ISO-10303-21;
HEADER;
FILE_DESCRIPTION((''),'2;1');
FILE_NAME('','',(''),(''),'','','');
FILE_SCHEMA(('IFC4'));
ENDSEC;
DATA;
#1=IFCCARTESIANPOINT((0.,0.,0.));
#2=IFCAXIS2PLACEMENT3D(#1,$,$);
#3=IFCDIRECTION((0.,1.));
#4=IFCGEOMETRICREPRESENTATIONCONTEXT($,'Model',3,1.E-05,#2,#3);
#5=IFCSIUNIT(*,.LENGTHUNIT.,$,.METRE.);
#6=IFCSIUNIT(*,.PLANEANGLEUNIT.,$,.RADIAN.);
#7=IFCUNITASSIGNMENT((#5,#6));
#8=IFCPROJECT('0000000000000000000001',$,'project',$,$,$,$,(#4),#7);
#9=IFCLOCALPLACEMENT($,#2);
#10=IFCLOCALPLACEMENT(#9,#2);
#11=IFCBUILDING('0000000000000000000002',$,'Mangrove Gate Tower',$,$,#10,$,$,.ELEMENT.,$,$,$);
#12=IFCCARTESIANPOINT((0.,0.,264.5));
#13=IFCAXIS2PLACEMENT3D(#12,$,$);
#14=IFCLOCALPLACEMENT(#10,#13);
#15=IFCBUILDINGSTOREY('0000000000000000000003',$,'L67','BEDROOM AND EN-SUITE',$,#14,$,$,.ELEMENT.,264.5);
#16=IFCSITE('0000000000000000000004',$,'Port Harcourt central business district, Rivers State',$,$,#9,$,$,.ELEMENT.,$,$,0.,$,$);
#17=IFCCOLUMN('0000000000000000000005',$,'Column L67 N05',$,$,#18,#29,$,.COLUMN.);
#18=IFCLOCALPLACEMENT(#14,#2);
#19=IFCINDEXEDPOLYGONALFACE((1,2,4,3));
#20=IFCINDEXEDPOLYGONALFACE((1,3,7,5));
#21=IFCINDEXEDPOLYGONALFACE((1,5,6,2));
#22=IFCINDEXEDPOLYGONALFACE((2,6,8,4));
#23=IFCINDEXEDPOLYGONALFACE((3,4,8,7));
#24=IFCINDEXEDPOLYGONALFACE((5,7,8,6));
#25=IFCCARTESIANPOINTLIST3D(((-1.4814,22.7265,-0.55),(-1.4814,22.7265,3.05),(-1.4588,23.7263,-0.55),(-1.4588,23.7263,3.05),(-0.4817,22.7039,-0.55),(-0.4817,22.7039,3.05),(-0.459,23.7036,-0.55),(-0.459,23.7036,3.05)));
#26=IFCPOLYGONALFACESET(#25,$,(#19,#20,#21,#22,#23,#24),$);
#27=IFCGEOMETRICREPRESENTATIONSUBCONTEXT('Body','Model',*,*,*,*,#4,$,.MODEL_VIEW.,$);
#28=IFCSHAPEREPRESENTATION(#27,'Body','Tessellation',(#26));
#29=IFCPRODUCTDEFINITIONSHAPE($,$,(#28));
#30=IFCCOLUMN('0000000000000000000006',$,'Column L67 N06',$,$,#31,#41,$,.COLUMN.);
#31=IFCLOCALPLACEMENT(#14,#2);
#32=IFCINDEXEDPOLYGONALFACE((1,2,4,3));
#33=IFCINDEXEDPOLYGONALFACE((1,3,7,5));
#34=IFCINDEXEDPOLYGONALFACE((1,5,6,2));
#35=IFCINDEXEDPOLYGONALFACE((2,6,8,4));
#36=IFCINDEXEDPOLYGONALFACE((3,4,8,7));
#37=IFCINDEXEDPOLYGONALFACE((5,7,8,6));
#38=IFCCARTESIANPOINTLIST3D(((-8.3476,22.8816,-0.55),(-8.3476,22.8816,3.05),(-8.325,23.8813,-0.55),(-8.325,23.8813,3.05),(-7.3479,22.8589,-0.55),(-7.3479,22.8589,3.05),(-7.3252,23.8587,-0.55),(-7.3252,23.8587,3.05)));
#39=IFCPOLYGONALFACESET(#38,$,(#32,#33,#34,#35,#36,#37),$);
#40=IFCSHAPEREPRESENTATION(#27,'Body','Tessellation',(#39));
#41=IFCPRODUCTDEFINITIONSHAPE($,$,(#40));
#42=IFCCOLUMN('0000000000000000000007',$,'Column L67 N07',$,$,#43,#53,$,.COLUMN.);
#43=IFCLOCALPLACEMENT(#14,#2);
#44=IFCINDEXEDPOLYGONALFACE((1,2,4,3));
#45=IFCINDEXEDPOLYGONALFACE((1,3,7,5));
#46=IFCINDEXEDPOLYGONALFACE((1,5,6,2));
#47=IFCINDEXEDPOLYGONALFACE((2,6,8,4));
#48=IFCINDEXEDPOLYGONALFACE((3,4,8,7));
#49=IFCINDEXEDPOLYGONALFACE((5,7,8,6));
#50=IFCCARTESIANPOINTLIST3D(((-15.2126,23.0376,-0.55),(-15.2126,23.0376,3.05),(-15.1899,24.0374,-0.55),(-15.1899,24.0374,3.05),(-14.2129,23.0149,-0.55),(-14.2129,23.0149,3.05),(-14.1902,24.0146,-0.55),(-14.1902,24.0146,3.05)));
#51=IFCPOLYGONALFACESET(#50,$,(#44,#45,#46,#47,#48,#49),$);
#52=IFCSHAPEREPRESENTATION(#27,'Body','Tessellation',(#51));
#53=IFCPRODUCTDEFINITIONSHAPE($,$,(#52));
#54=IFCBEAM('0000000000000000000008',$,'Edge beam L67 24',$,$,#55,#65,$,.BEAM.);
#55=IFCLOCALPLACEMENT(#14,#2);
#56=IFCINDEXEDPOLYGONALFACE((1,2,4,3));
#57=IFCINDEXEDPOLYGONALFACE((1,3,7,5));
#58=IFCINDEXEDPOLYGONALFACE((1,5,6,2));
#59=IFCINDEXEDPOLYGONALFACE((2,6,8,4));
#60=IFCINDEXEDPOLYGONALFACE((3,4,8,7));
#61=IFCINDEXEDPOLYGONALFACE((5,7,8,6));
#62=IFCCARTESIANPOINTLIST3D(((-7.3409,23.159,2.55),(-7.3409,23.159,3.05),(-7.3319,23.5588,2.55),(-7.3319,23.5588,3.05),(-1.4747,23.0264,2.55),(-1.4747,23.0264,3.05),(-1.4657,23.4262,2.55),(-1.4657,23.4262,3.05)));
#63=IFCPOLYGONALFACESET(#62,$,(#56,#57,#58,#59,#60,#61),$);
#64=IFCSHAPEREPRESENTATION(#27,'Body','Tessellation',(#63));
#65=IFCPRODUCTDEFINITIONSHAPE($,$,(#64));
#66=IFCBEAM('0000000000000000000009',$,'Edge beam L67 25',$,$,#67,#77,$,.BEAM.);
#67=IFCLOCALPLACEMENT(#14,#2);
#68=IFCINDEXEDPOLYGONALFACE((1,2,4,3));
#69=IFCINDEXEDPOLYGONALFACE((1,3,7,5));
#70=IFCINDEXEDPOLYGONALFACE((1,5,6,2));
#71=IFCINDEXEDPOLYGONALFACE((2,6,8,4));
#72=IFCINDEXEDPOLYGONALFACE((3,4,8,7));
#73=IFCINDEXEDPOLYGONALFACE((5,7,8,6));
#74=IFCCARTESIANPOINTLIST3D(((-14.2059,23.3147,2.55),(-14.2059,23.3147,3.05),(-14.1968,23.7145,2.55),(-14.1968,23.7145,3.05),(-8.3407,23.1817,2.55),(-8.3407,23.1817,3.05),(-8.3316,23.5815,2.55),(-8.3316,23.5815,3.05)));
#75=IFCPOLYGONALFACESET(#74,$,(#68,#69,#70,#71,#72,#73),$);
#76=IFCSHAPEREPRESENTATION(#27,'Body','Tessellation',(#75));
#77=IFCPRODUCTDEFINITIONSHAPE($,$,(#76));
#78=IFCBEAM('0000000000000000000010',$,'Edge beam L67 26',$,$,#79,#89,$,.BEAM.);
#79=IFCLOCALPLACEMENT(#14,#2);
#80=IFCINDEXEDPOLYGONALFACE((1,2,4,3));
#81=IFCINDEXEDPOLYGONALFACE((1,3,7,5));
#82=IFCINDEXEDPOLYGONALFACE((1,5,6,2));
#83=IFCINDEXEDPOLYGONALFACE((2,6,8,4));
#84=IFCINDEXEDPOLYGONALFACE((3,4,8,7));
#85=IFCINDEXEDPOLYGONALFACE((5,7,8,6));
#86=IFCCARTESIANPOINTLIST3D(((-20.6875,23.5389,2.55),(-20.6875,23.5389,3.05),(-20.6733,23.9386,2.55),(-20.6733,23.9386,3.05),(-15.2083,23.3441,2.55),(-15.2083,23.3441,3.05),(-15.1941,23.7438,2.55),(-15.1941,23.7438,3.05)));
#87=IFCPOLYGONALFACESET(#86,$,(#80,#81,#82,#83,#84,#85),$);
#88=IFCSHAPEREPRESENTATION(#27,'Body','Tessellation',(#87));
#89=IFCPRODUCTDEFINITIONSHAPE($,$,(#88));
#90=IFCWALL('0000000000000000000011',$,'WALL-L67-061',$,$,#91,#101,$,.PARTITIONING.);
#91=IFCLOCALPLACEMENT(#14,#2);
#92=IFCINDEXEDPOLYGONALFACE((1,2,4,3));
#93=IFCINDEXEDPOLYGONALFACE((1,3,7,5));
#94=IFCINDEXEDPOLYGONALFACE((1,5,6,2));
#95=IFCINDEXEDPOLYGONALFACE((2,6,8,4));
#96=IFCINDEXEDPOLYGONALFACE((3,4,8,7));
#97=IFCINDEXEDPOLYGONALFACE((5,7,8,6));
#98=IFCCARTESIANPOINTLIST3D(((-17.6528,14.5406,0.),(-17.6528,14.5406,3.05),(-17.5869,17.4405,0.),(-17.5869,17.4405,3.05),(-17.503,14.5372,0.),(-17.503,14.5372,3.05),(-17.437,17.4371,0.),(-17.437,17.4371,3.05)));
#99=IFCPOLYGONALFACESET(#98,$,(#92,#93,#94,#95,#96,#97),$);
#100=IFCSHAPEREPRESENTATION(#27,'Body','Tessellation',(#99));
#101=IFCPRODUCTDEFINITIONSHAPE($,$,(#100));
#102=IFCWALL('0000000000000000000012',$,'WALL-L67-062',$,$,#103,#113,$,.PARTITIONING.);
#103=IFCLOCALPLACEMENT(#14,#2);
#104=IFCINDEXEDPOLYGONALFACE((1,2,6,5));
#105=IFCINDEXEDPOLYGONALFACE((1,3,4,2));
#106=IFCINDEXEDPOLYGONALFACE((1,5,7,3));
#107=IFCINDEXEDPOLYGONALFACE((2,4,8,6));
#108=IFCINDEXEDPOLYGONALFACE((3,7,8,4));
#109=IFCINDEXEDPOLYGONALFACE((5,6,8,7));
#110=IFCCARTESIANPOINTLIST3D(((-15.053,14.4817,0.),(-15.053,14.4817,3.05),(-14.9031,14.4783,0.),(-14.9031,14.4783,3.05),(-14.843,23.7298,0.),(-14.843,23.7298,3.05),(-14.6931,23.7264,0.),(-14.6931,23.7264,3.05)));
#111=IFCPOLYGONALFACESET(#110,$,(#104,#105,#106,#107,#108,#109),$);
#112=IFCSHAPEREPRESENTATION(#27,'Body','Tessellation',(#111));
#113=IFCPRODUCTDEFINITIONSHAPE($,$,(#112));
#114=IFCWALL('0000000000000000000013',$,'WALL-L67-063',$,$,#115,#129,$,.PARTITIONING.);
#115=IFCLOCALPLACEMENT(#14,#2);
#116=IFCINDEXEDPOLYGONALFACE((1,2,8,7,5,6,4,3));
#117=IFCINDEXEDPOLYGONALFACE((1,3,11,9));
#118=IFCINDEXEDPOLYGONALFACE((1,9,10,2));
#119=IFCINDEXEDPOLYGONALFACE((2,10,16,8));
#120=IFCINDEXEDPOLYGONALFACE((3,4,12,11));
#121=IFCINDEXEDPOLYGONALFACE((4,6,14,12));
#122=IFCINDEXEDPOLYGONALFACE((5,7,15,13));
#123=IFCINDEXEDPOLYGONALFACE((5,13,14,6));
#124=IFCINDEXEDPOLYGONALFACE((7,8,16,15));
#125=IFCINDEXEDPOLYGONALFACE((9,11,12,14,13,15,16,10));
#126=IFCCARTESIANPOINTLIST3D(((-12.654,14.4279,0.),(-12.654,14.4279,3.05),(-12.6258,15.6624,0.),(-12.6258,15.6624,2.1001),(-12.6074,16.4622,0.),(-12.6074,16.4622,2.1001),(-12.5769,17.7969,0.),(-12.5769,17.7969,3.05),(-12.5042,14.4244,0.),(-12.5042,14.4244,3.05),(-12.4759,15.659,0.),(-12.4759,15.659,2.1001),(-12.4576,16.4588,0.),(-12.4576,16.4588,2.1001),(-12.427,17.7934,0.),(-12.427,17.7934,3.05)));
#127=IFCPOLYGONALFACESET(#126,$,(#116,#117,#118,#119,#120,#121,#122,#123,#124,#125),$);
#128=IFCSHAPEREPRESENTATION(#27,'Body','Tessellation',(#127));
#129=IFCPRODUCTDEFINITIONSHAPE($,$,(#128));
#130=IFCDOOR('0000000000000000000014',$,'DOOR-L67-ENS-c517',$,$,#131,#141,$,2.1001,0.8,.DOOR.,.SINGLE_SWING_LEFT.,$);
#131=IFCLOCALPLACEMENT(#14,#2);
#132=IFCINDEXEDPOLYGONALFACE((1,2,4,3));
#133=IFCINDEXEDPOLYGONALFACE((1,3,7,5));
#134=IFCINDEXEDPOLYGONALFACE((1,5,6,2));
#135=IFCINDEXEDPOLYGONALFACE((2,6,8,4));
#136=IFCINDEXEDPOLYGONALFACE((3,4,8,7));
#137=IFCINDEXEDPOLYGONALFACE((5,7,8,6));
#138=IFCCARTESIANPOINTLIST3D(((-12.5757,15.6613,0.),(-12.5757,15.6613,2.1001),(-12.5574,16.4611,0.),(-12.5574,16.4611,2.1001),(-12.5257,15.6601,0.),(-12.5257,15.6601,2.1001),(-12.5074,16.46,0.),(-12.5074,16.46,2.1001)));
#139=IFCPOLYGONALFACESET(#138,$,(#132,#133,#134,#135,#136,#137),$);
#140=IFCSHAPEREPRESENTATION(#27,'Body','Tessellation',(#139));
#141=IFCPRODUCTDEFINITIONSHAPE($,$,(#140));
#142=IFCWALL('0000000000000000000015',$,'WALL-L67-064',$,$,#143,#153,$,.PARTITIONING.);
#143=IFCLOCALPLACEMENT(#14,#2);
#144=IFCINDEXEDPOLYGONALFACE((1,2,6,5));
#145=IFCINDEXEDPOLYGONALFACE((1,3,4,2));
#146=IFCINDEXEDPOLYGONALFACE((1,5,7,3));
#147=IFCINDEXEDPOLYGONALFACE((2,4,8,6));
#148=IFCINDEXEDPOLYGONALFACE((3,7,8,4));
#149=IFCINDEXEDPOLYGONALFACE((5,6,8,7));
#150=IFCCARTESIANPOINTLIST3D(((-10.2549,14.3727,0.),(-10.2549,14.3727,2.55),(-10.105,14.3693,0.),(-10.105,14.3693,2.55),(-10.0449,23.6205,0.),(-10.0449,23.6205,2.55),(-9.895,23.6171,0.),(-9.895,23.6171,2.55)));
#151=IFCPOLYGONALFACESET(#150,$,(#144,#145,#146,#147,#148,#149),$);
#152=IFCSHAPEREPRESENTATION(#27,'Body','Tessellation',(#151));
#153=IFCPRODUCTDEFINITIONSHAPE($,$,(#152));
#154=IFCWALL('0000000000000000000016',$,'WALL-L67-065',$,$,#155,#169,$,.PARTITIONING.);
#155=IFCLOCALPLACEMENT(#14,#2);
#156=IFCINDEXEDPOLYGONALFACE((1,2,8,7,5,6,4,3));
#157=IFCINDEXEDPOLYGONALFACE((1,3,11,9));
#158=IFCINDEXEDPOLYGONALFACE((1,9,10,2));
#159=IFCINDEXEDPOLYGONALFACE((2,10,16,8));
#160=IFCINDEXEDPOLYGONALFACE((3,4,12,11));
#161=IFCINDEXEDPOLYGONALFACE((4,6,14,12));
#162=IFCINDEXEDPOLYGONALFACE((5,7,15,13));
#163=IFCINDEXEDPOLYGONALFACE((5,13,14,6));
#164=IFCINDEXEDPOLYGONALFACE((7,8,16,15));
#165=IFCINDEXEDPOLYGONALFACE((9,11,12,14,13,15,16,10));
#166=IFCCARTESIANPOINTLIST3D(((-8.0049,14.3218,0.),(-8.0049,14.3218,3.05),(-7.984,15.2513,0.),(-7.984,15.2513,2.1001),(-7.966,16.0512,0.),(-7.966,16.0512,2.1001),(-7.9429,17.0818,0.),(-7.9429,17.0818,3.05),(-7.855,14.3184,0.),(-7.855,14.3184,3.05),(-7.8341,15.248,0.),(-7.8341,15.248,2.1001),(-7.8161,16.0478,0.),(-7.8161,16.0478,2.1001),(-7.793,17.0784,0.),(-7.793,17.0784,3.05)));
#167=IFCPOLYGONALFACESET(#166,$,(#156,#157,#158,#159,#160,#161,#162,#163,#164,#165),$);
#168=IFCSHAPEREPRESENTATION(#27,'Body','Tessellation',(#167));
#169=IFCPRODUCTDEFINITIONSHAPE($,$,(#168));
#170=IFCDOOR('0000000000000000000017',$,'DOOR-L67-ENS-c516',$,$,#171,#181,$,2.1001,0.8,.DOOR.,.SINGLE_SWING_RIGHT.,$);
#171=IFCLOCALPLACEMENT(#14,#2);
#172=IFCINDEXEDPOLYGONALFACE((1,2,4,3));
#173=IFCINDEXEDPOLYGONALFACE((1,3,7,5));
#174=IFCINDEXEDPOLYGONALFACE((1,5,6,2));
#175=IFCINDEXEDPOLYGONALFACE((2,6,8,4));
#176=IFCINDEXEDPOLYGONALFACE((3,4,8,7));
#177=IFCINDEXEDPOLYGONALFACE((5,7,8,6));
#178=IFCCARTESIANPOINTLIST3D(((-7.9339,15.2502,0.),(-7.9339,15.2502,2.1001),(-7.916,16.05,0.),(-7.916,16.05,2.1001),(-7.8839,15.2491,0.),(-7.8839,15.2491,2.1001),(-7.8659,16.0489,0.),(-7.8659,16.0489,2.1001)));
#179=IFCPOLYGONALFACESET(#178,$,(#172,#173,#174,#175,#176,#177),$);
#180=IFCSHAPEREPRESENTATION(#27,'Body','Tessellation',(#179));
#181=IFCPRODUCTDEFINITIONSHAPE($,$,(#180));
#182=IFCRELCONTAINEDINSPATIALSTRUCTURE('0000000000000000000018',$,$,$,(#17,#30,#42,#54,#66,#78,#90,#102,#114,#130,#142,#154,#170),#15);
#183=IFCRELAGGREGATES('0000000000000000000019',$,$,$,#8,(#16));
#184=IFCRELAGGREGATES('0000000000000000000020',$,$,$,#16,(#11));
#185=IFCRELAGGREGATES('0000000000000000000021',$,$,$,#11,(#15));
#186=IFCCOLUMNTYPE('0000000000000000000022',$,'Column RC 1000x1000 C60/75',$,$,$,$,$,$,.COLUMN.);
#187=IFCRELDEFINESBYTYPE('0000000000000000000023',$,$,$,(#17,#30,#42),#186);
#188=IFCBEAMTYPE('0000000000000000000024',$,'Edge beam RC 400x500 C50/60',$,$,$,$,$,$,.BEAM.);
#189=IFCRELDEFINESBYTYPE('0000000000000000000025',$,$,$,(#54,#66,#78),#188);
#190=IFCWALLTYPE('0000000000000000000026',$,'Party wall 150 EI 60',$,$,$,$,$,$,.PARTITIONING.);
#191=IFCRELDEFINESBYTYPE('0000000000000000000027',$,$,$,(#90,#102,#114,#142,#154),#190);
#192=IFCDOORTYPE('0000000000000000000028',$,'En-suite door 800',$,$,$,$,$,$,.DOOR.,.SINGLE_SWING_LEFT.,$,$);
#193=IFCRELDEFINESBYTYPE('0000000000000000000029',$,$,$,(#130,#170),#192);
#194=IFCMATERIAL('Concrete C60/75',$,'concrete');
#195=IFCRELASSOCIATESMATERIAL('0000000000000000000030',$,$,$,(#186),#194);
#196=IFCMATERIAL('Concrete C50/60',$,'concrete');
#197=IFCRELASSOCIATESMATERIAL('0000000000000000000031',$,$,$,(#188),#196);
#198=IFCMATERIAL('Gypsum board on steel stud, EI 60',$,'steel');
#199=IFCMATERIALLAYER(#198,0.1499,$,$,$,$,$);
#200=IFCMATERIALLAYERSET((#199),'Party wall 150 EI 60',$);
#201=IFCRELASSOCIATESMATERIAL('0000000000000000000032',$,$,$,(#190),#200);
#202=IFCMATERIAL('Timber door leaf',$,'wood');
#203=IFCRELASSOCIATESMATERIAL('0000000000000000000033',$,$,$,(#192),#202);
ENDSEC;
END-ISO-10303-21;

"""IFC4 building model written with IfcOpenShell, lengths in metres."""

from ifc_helpers import new_model, si_unit, direction, frame, frame_2d, origin, origin_2d, place, context, subcontext, project, spatial, rectangle, extrude, material, layer, layer_set, material_profile, profile_set, type_object, element, fill, save


model = new_model("IFC4")

# Units and contexts
model_context = context("Model", 3, precision=1e-05, world=origin(), true_north=direction((0.0, 1.0)))
body_context = subcontext(model_context, "Body", "Model", "MODEL_VIEW")
ifc_project = project(units=[si_unit("LENGTHUNIT", "METRE"), si_unit("PLANEANGLEUNIT", "RADIAN")], contexts=[model_context])

# Site, building, storey
site_placement = place(None, origin())
site = spatial("IfcSite", under=ifc_project, at=site_placement, Name="Port Harcourt central business district, Rivers State", CompositionType="ELEMENT", RefElevation=0.0)
building_placement = place(site_placement, origin())
building = spatial("IfcBuilding", under=site, at=building_placement, Name="Mangrove Gate Tower", CompositionType="ELEMENT")
storey_placement = place(building_placement, frame((0.0, 0.0, 264.5)))
storey = spatial("IfcBuildingStorey", under=building, at=storey_placement, Name="L67", Description="BEDROOM AND EN-SUITE", CompositionType="ELEMENT", Elevation=264.5)

# Columns
ifc_material_1 = material(Name="Concrete C60/75", Category="concrete")
ifc_material_profile_1 = material_profile(ifc_material_1, rectangle(XDim=1.0, YDim=1.0, at=origin_2d()))
ifc_profile_set_1 = profile_set([ifc_material_profile_1], Name="Concrete C60/75")
column_type = type_object("IfcColumnType", Name="Column RC 1000x1000 C60/75", PredefinedType="COLUMN", material=ifc_profile_set_1)
for number, where, z_axis, x_axis, name in (
    (1, (-0.9702, 23.2151, -0.55), (0.0, 0.0, 1.0), (-0.999744, 0.022642, 0.0), "Column L67 N05"),
    (2, (-7.8364, 23.3701, -0.55), (0.0, 0.0, 1.0), (-0.999744, 0.022644, 0.0), "Column L67 N06"),
    (3, (-14.7014, 23.5261, -0.55), (0.0, 0.0, 1.0), (-0.999742, 0.022716, 0.0), "Column L67 N07"),
):
    element("IfcColumn", number, at=place(storey_placement, frame(where, z_axis=z_axis, x_axis=x_axis)), inside=storey, type_object=column_type, Name=name, PredefinedType="COLUMN", context=body_context, shape_type="SweptSolid", body=[
        extrude(rectangle(XDim=1.0, YDim=1.0, at=origin_2d()), origin(), (0.0, 0.0, 1.0), 3.6001),
    ])

# Beams
ifc_material_2 = material(Name="Concrete C50/60", Category="concrete")
ifc_material_profile_2 = material_profile(ifc_material_2, rectangle(XDim=0.3999, YDim=0.5, at=origin_2d()))
ifc_profile_set_2 = profile_set([ifc_material_profile_2], Name="Concrete C50/60")
beam_type = type_object("IfcBeamType", Name="Edge beam RC 400x500 C50/60", PredefinedType="BEAM", material=ifc_profile_set_2)
beam_1_placement = place(storey_placement, frame((-1.4702, 23.2263, 2.8), z_axis=(-0.999745, 0.022593, 0.0), x_axis=(-0.022593, -0.999745, 0.0)))
element("IfcBeam", 4, at=beam_1_placement, inside=storey, type_object=beam_type, Name="Edge beam L67 24", PredefinedType="BEAM", context=body_context, shape_type="SweptSolid", body=[
    extrude(rectangle(XDim=0.3999, YDim=0.5, at=origin_2d()), origin(), (0.0, 0.0, 1.0), 5.8677),
])
beam_2_placement = place(storey_placement, frame((-8.3362, 23.3816, 2.8), z_axis=(-0.999743, 0.02268, 0.0), x_axis=(-0.02268, -0.999743, 0.0)))
element("IfcBeam", 5, at=beam_2_placement, inside=storey, type_object=beam_type, Name="Edge beam L67 25", PredefinedType="BEAM", context=body_context, shape_type="SweptSolid", body=[
    extrude(rectangle(XDim=0.3999, YDim=0.5, at=origin_2d()), origin(), (0.0, 0.0, 1.0), 5.8667),
])
beam_3_placement = place(storey_placement, frame((-15.2012, 23.5439, 2.8), z_axis=(-0.999368, 0.035534, 0.0), x_axis=(-0.035534, -0.999368, 0.0)))
element("IfcBeam", 6, at=beam_3_placement, inside=storey, type_object=beam_type, Name="Edge beam L67 26", PredefinedType="BEAM", context=body_context, shape_type="SweptSolid", body=[
    extrude(rectangle(XDim=0.3999, YDim=0.5, at=origin_2d()), origin(), (0.0, 0.0, 1.0), 5.4827),
])

# Walls
ifc_material_3 = material(Name="Gypsum board on steel stud, EI 60", Category="steel")
ifc_layer = layer(ifc_material_3, 0.1499)
ifc_layer_set = layer_set([ifc_layer], Name="Party wall 150 EI 60")
wall_type = type_object("IfcWallType", Name="Party wall 150 EI 60", PredefinedType="PARTITIONING", material=ifc_layer_set)
wall_1_placement = place(storey_placement, frame((-17.5779, 14.5391, 0.0), z_axis=(0.0, 0.0, 1.0), x_axis=(0.022725, 0.999742, 0.0)))
element("IfcWall", 7, at=wall_1_placement, inside=storey, type_object=wall_type, Name="WALL-L67-061", PredefinedType="PARTITIONING", context=body_context, shape_type="SweptSolid", body=[
    extrude(rectangle(XDim=2.9006, YDim=0.1499, at=frame_2d((1.4502, 0.0))), origin(), (0.0, 0.0, 1.0), 3.05),
])
wall_2_placement = place(storey_placement, frame((-14.978, 14.48, 0.0), z_axis=(0.0, 0.0, 1.0), x_axis=(0.022697, 0.999742, 0.0)))
element("IfcWall", 8, at=wall_2_placement, inside=storey, type_object=wall_type, Name="WALL-L67-062", PredefinedType="PARTITIONING", context=body_context, shape_type="SweptSolid", body=[
    extrude(rectangle(XDim=9.2505, YDim=0.1499, at=frame_2d((4.6252, 0.0))), origin(), (0.0, 0.0, 1.0), 3.05),
])

# Wall, opening, door
wall_3_placement = place(storey_placement, frame((-12.5791, 14.426, 0.0), z_axis=(0.0, 0.0, 1.0), x_axis=(0.022894, 0.999738, 0.0)))
wall_3 = element("IfcWall", 9, at=wall_3_placement, inside=storey, type_object=wall_type, Name="WALL-L67-063", PredefinedType="PARTITIONING", context=body_context, shape_type="SweptSolid", body=[
    extrude(rectangle(XDim=3.3699, YDim=0.1499, at=frame_2d((1.6851, 0.0))), origin(), (0.0, 0.0, 1.0), 3.05),
])
opening_1_placement = place(wall_3_placement, frame((1.2351, 0.0, 0.0)))
opening_1 = element("IfcOpeningElement", 10, at=opening_1_placement, cuts=wall_3, PredefinedType="OPENING", context=body_context, shape_type="SweptSolid", body=[
    extrude(rectangle(XDim=0.8, YDim=2.1001, at=frame_2d((0.3999, 1.05))), frame((0.0, 0.085, 0.0), z_axis=(0.0, -1.0, 0.0), x_axis=(1.0, 0.0, 0.0)), (0.0, 0.0, 1.0), 0.1699),
])
ifc_material_4 = material(Name="Timber door leaf", Category="wood")
door_type = type_object("IfcDoorType", Name="En-suite door 800", OperationType="SINGLE_SWING_LEFT", PredefinedType="DOOR", material=ifc_material_4)
door_1_placement = place(opening_1_placement, origin())
door_1 = element("IfcDoor", 11, at=door_1_placement, inside=storey, type_object=door_type, Name="DOOR-L67-ENS-c517", OperationType="SINGLE_SWING_LEFT", OverallHeight=2.1001, OverallWidth=0.8, PredefinedType="DOOR", context=body_context, shape_type="SweptSolid", body=[
    extrude(rectangle(XDim=0.8, YDim=2.1001, at=frame_2d((0.3999, 1.05))), frame((0.0, 0.0249, 0.0), z_axis=(0.0, -1.0, 0.0), x_axis=(1.0, 0.0, 0.0)), (0.0, 0.0, 1.0), 0.05),
])
fill(opening_1, door_1)

# Wall
wall_4_placement = place(storey_placement, frame((-10.1799, 14.3711, 0.0), z_axis=(0.0, 0.0, 1.0), x_axis=(0.022698, 0.999742, 0.0)))
element("IfcWall", 12, at=wall_4_placement, inside=storey, type_object=wall_type, Name="WALL-L67-064", PredefinedType="PARTITIONING", context=body_context, shape_type="SweptSolid", body=[
    extrude(rectangle(XDim=9.2502, YDim=0.1499, at=frame_2d((4.625, 0.0))), origin(), (0.0, 0.0, 1.0), 2.55),
])

# Wall, opening, door
wall_5_placement = place(storey_placement, frame((-7.9299, 14.3201, 0.0), z_axis=(0.0, 0.0, 1.0), x_axis=(0.022462, 0.999748, 0.0)))
wall_5 = element("IfcWall", 13, at=wall_5_placement, inside=storey, type_object=wall_type, Name="WALL-L67-065", PredefinedType="PARTITIONING", context=body_context, shape_type="SweptSolid", body=[
    extrude(rectangle(XDim=2.7607, YDim=0.1499, at=frame_2d((1.3804, 0.0))), origin(), (0.0, 0.0, 1.0), 3.05),
])
opening_2_placement = place(wall_5_placement, frame((0.9299, 0.0, 0.0)))
opening_2 = element("IfcOpeningElement", 14, at=opening_2_placement, cuts=wall_5, PredefinedType="OPENING", context=body_context, shape_type="SweptSolid", body=[
    extrude(rectangle(XDim=0.8, YDim=2.1001, at=frame_2d((0.3999, 1.05))), frame((0.0, 0.085, 0.0), z_axis=(0.0, -1.0, 0.0), x_axis=(1.0, 0.0, 0.0)), (0.0, 0.0, 1.0), 0.1699),
])
door_2_placement = place(opening_2_placement, origin())
door_2 = element("IfcDoor", 15, at=door_2_placement, inside=storey, type_object=door_type, Name="DOOR-L67-ENS-c516", OperationType="SINGLE_SWING_RIGHT", OverallHeight=2.1001, OverallWidth=0.8, PredefinedType="DOOR", context=body_context, shape_type="SweptSolid", body=[
    extrude(rectangle(XDim=0.8, YDim=2.1001, at=frame_2d((0.3999, 1.05))), frame((0.0, 0.0249, 0.0), z_axis=(0.0, -1.0, 0.0), x_axis=(1.0, 0.0, 0.0)), (0.0, 0.0, 1.0), 0.05),
])
fill(opening_2, door_2)

save(model, "model.ifc")
